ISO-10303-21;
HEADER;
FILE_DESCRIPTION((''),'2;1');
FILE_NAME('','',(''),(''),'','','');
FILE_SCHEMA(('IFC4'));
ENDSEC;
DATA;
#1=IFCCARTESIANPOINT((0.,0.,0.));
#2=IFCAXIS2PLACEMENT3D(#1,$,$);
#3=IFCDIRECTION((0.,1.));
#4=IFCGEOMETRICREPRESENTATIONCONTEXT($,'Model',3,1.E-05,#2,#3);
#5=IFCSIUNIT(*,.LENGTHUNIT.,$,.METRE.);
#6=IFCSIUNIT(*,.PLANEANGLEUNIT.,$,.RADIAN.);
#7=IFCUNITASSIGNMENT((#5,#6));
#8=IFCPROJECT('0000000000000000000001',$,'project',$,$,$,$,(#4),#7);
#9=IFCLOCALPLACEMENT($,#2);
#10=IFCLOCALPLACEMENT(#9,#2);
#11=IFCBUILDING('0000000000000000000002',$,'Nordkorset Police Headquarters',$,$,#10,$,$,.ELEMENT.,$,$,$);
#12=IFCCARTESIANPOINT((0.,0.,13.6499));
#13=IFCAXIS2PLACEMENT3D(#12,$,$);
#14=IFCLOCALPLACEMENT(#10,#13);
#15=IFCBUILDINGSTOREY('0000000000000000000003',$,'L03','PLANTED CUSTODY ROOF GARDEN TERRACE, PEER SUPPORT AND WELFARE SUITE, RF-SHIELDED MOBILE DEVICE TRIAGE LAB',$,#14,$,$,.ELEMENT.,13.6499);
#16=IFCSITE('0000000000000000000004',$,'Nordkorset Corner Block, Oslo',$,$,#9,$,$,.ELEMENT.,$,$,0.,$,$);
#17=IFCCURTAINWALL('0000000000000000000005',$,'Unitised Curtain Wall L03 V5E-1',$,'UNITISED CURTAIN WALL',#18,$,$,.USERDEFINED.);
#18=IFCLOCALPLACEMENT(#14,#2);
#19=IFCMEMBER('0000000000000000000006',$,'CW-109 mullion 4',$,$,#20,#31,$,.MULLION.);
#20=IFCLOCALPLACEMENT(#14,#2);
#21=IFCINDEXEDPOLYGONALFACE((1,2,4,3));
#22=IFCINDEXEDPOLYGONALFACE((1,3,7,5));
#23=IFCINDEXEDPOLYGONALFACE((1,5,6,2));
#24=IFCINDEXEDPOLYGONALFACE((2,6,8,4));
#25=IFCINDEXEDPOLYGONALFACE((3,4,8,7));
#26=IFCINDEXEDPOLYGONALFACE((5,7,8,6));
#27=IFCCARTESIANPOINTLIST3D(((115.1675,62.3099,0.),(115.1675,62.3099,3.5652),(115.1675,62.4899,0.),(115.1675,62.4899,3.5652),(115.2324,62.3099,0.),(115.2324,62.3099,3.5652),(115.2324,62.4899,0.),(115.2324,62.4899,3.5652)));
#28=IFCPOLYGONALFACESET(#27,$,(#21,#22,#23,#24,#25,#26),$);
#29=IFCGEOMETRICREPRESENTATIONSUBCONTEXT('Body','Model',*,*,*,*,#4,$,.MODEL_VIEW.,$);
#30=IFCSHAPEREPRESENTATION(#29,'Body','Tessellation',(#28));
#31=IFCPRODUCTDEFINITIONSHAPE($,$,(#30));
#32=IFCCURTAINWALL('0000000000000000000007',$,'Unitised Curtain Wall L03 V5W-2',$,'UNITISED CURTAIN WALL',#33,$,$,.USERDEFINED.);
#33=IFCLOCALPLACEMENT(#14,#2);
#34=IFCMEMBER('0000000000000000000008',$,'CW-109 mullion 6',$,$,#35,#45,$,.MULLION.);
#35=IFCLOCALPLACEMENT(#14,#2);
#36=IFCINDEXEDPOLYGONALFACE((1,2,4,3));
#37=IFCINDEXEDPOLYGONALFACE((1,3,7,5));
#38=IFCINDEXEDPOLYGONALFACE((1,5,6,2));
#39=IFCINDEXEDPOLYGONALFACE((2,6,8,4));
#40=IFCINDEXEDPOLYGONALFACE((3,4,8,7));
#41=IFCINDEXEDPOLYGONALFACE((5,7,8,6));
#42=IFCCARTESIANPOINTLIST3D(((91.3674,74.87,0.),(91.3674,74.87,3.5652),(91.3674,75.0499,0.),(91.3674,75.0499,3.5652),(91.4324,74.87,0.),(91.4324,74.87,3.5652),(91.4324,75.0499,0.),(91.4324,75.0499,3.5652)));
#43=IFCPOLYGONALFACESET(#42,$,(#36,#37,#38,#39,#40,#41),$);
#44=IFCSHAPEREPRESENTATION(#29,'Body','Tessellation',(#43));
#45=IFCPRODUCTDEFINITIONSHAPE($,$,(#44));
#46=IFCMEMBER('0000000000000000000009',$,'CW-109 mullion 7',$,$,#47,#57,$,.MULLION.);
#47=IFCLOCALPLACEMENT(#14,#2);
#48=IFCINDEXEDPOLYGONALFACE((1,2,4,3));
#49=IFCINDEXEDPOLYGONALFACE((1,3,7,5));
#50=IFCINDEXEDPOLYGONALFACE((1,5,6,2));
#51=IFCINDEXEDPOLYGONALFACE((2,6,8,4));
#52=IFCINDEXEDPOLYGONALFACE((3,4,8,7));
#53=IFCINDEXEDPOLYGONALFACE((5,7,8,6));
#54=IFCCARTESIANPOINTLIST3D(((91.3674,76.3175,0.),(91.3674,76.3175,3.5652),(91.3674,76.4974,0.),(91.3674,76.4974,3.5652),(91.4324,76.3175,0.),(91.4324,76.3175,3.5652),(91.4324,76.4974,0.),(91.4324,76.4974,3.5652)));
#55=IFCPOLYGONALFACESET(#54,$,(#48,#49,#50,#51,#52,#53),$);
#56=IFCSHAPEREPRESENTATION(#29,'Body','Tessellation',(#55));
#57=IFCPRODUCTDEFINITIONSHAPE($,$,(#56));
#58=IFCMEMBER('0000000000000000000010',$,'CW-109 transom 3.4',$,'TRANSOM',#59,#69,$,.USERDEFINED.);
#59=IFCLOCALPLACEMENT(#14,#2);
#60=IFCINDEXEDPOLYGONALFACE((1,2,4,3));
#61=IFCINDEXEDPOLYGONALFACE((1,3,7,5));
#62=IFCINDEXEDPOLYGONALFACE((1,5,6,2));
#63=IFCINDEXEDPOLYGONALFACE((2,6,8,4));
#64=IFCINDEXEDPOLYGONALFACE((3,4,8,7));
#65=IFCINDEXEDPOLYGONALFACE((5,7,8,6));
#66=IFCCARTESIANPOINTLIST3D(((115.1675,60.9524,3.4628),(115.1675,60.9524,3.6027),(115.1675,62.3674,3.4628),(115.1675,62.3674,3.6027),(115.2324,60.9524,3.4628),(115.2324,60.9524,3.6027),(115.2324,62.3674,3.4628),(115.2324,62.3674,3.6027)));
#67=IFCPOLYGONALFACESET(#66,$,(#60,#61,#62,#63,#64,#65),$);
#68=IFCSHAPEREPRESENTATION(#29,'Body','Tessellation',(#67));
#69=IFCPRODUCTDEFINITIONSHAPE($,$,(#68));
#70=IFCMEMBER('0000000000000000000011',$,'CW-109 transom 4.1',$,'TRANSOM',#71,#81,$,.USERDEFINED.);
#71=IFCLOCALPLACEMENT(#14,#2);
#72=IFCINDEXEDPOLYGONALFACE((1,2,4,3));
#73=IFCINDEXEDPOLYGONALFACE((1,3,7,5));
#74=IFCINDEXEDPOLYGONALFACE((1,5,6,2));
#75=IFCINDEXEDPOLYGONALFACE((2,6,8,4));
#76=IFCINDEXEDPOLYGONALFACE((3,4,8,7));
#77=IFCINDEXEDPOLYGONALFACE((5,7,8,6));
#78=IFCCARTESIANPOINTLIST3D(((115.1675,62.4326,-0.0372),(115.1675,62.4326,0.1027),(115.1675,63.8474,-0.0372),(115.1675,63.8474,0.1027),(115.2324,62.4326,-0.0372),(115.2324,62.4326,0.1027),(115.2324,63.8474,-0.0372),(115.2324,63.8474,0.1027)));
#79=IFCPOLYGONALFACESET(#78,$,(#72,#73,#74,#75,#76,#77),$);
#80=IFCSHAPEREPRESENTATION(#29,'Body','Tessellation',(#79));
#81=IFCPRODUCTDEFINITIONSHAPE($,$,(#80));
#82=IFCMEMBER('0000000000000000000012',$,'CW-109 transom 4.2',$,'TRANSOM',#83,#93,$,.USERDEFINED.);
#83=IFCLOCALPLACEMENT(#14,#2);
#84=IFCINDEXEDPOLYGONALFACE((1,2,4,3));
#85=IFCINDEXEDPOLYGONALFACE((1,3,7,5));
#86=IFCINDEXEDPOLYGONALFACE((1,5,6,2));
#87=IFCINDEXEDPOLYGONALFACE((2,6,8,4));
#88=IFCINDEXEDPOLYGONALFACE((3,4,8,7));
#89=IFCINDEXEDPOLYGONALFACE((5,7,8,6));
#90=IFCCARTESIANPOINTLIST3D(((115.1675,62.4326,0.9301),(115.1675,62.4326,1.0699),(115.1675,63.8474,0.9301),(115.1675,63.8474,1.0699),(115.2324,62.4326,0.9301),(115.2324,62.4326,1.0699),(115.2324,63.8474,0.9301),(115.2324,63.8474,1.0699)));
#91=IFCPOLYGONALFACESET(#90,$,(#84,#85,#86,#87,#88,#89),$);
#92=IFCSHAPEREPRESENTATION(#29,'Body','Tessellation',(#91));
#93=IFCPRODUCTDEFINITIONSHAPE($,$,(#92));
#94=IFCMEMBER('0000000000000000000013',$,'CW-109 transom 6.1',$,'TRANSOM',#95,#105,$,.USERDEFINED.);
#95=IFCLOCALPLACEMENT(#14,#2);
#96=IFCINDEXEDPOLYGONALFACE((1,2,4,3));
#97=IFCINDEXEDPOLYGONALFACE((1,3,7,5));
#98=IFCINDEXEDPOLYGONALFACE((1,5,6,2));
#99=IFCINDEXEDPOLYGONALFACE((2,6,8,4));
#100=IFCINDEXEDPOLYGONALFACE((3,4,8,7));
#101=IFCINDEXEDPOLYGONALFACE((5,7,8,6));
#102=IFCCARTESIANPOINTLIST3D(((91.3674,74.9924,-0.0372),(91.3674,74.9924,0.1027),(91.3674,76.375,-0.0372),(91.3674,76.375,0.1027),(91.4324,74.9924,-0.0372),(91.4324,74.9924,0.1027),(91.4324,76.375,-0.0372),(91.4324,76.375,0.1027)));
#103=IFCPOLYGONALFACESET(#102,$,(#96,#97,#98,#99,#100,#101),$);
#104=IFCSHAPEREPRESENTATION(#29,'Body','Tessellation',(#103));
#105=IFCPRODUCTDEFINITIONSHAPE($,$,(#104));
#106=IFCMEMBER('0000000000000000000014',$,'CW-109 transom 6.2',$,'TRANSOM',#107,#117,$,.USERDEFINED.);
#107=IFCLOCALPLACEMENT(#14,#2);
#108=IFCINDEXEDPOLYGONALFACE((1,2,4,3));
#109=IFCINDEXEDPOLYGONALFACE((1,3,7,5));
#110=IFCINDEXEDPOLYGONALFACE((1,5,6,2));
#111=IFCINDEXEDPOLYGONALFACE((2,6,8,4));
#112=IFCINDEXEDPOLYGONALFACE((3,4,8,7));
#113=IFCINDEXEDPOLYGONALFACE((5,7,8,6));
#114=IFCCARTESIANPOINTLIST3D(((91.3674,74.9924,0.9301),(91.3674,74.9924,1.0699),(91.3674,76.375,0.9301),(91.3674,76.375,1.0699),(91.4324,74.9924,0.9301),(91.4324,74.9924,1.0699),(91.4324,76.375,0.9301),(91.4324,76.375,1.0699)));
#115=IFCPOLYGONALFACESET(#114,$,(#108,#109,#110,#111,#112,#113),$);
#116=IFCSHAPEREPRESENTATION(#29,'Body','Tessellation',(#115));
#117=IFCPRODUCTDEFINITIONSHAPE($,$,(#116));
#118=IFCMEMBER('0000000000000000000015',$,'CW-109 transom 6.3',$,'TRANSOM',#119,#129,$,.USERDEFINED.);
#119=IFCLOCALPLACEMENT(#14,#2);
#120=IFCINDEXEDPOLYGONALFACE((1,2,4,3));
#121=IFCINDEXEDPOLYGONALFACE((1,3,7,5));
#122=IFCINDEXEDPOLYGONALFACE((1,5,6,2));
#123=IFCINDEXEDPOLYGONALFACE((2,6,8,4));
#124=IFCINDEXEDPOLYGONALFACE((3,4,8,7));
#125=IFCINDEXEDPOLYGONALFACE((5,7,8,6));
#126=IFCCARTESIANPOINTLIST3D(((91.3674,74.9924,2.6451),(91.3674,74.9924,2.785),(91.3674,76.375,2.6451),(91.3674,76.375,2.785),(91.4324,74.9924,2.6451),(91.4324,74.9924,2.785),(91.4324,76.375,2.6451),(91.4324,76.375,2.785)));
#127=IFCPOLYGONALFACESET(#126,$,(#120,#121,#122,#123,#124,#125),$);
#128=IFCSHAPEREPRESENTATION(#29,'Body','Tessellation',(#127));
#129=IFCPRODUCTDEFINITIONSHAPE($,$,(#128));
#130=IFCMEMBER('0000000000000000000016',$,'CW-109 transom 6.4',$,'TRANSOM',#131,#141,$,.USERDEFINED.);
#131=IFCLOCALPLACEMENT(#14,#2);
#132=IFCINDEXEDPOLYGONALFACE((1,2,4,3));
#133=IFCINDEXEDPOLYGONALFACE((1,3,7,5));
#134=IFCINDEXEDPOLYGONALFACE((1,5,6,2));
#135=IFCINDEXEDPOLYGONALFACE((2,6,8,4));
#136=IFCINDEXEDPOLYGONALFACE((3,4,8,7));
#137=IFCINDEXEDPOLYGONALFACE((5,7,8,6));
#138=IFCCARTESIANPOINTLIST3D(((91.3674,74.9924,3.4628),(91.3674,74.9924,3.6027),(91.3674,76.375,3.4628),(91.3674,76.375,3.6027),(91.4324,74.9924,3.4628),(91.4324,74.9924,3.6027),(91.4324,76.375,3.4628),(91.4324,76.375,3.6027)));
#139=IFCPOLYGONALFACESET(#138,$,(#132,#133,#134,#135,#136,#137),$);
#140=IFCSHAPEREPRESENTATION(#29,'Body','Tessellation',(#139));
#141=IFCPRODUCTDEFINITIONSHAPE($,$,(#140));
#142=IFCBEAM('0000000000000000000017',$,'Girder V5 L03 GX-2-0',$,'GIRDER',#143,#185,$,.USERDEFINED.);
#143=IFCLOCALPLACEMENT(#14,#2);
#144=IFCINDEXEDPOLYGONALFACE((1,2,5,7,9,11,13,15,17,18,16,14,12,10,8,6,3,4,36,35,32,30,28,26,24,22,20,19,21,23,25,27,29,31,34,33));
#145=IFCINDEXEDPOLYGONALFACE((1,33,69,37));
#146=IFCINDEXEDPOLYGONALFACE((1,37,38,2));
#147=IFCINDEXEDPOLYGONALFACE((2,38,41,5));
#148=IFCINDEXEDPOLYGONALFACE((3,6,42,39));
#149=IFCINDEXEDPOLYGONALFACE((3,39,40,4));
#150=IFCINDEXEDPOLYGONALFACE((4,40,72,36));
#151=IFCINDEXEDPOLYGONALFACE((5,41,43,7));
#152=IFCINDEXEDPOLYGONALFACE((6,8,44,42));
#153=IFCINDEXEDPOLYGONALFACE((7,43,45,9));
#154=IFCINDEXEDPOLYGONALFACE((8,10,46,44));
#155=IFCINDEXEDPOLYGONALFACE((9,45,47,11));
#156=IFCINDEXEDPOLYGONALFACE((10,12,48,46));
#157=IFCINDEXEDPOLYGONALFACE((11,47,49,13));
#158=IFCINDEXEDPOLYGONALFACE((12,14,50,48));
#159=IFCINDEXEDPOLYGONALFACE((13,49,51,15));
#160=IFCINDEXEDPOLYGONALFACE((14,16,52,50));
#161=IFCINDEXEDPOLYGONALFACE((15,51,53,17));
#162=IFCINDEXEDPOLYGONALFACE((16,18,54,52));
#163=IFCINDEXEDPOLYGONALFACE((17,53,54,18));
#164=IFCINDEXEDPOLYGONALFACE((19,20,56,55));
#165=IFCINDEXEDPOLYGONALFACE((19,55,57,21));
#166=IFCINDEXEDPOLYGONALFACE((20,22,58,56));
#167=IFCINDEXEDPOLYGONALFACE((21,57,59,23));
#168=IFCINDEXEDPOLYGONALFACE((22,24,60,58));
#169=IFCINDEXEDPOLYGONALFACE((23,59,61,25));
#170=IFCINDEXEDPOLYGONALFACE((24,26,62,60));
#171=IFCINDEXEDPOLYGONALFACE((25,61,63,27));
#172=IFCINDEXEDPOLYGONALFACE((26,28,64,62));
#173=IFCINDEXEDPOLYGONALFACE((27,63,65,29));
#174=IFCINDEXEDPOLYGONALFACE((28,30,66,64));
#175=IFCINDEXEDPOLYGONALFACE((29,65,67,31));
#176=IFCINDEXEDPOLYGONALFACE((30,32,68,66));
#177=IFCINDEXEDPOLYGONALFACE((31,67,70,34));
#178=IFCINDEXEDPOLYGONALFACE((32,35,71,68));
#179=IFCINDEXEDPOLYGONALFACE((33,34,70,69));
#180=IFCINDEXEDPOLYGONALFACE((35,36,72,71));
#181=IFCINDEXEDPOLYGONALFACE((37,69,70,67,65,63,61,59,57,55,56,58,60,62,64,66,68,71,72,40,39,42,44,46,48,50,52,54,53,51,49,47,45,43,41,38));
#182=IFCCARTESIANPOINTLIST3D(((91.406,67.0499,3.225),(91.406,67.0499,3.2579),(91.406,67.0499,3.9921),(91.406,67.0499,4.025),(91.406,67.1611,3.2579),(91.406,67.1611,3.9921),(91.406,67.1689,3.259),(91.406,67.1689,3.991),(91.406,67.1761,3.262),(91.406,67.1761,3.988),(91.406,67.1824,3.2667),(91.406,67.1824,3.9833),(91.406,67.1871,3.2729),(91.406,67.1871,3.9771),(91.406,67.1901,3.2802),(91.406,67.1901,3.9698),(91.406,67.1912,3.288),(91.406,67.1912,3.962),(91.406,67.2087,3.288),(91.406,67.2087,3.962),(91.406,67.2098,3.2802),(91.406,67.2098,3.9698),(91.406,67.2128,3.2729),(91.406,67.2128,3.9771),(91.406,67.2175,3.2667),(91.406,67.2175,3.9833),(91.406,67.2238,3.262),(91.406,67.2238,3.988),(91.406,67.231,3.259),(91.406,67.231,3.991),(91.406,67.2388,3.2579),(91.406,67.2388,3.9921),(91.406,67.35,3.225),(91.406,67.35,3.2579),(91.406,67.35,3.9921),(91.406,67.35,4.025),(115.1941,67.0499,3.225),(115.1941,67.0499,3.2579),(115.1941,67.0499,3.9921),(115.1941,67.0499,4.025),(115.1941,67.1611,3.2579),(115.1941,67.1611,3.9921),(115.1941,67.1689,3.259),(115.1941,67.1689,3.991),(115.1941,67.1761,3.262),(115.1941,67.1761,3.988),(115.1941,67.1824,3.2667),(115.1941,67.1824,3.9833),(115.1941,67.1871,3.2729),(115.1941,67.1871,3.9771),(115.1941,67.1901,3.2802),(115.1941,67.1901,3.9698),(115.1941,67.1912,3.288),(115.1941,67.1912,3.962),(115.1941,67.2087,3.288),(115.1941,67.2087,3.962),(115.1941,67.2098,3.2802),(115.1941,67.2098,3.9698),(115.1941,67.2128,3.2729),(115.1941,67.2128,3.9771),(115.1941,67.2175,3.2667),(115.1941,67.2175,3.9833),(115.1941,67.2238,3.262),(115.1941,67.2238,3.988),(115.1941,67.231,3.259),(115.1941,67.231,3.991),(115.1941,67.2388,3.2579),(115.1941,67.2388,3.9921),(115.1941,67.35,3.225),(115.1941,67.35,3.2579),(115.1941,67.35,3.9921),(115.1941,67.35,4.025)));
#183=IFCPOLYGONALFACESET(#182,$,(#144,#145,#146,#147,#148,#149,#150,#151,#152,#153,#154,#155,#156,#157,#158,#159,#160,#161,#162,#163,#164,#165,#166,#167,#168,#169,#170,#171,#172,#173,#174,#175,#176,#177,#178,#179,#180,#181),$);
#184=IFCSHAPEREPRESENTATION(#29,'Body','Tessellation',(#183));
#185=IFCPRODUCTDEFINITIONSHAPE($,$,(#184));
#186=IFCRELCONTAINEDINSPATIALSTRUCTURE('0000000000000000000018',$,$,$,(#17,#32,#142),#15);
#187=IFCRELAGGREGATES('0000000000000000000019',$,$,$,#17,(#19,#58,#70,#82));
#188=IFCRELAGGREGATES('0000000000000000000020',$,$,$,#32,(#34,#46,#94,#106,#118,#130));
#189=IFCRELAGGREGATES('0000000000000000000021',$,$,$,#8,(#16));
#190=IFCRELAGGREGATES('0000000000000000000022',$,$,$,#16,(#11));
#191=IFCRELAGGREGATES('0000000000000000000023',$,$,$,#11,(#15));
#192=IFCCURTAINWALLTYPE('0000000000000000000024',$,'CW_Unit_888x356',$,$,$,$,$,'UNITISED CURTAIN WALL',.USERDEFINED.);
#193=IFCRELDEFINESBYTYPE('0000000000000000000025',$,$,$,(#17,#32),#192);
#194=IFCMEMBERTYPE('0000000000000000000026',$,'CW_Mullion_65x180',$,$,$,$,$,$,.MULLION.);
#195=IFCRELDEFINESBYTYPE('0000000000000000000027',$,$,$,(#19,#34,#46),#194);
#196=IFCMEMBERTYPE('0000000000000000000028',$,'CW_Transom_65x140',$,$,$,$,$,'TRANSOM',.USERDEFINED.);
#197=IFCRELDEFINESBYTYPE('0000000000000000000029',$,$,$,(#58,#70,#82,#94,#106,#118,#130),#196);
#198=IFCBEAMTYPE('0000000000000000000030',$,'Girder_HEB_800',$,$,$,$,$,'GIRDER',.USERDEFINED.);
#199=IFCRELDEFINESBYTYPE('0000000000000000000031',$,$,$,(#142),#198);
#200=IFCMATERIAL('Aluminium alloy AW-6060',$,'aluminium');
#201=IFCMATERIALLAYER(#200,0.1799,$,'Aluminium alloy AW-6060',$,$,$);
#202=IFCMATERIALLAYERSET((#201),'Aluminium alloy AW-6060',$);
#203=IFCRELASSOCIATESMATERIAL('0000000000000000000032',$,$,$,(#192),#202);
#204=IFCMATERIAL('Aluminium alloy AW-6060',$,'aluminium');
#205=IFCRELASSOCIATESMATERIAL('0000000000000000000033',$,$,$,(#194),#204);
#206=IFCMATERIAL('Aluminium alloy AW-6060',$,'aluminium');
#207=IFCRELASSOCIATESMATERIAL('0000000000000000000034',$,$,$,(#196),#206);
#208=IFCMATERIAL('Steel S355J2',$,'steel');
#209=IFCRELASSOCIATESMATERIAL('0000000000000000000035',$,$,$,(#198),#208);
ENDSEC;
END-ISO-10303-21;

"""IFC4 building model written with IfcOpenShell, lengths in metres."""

from ifc_helpers import new_model, si_unit, direction, frame, origin, origin_2d, place, context, subcontext, project, spatial, rectangle, i_section, extrude, material, layer, layer_set, material_profile, profile_set, type_object, element, aggregate, save


model = new_model("IFC4")

# Units and contexts
model_context = context("Model", 3, precision=1e-05, world=origin(), true_north=direction((0.0, 1.0)))
body_context = subcontext(model_context, "Body", "Model", "MODEL_VIEW")
ifc_project = project(units=[si_unit("LENGTHUNIT", "METRE"), si_unit("PLANEANGLEUNIT", "RADIAN")], contexts=[model_context])

# Site, building, storey
site_placement = place(None, origin())
site = spatial("IfcSite", under=ifc_project, at=site_placement, Name="Nordkorset Corner Block, Oslo", CompositionType="ELEMENT", RefElevation=0.0)
building_placement = place(site_placement, origin())
building = spatial("IfcBuilding", under=site, at=building_placement, Name="Nordkorset Police Headquarters", CompositionType="ELEMENT")
storey_placement = place(building_placement, frame((0.0, 0.0, 13.6499)))
storey = spatial("IfcBuildingStorey", under=building, at=storey_placement, Name="L03", Description="PLANTED CUSTODY ROOF GARDEN TERRACE, PEER SUPPORT AND WELFARE SUITE, RF-SHIELDED MOBILE DEVICE TRIAGE LAB", CompositionType="ELEMENT", Elevation=13.6499)

# Curtain wall, member
ifc_material_1 = material(Name="Aluminium alloy AW-6060", Category="aluminium")
ifc_layer_1 = layer(ifc_material_1, 0.1799, Name="Aluminium alloy AW-6060")
ifc_layer_set_1 = layer_set([ifc_layer_1], Name="Aluminium alloy AW-6060")
curtain_wall_type = type_object("IfcCurtainWallType", Name="CW_Unit_888x356", ElementType="UNITISED CURTAIN WALL", PredefinedType="USERDEFINED", material=ifc_layer_set_1)
curtain_wall_1_placement = place(storey_placement, origin())
curtain_wall_1 = element("IfcCurtainWall", 1, at=curtain_wall_1_placement, inside=storey, type_object=curtain_wall_type, Name="Unitised Curtain Wall L03 V5E-1", ObjectType="UNITISED CURTAIN WALL", PredefinedType="USERDEFINED")
ifc_material_2 = material(Name="Aluminium alloy AW-6060", Category="aluminium")
ifc_material_profile_1 = material_profile(ifc_material_2, rectangle(XDim=0.0649, YDim=0.1799, at=origin_2d()), Name="ALU MULL 65x180")
ifc_profile_set_1 = profile_set([ifc_material_profile_1], Name="Aluminium alloy AW-6060")
member_type_1 = type_object("IfcMemberType", Name="CW_Mullion_65x180", PredefinedType="MULLION", material=ifc_profile_set_1)
member_1_placement = place(storey_placement, frame((115.2, 62.3999, 0.0), z_axis=(0.0, 0.0, 1.0), x_axis=(-1.0, 0.0, 0.0)))
member_1 = element("IfcMember", 2, at=member_1_placement, type_object=member_type_1, Name="CW-109 mullion 4", PredefinedType="MULLION", context=body_context, shape_type="SweptSolid", body=[
    extrude(rectangle(XDim=0.0649, YDim=0.1799, at=origin_2d()), origin(), (0.0, 0.0, 1.0), 3.5652),
])

# Curtain wall, members
curtain_wall_2_placement = place(storey_placement, origin())
curtain_wall_2 = element("IfcCurtainWall", 3, at=curtain_wall_2_placement, inside=storey, type_object=curtain_wall_type, Name="Unitised Curtain Wall L03 V5W-2", ObjectType="UNITISED CURTAIN WALL", PredefinedType="USERDEFINED")
member_2_placement = place(storey_placement, frame((91.3999, 74.96, 0.0), z_axis=(0.0, 0.0, 1.0), x_axis=(-1.0, 0.0, 0.0)))
member_2 = element("IfcMember", 4, at=member_2_placement, type_object=member_type_1, Name="CW-109 mullion 6", PredefinedType="MULLION", context=body_context, shape_type="SweptSolid", body=[
    extrude(rectangle(XDim=0.0649, YDim=0.1799, at=origin_2d()), origin(), (0.0, 0.0, 1.0), 3.5652),
])
member_3_placement = place(storey_placement, frame((91.3999, 76.4075, 0.0), z_axis=(0.0, 0.0, 1.0), x_axis=(-1.0, 0.0, 0.0)))
member_3 = element("IfcMember", 5, at=member_3_placement, type_object=member_type_1, Name="CW-109 mullion 7", PredefinedType="MULLION", context=body_context, shape_type="SweptSolid", body=[
    extrude(rectangle(XDim=0.0649, YDim=0.1799, at=origin_2d()), origin(), (0.0, 0.0, 1.0), 3.5652),
])

# Members
ifc_material_3 = material(Name="Aluminium alloy AW-6060", Category="aluminium")
ifc_material_profile_2 = material_profile(ifc_material_3, rectangle(XDim=0.0649, YDim=0.1399, at=origin_2d()), Name="ALU TRAN 65x140")
ifc_profile_set_2 = profile_set([ifc_material_profile_2], Name="Aluminium alloy AW-6060")
member_type_2 = type_object("IfcMemberType", Name="CW_Transom_65x140", ElementType="TRANSOM", PredefinedType="USERDEFINED", material=ifc_profile_set_2)
member_4_placement = place(storey_placement, frame((115.2, 60.9524, 3.5327), z_axis=(0.0, 1.0, 0.0), x_axis=(-1.0, 0.0, 0.0)))
member_4 = element("IfcMember", 6, at=member_4_placement, type_object=member_type_2, Name="CW-109 transom 3.4", ObjectType="TRANSOM", PredefinedType="USERDEFINED", context=body_context, shape_type="SweptSolid", body=[
    extrude(rectangle(XDim=0.0649, YDim=0.1399, at=origin_2d()), origin(), (0.0, 0.0, 1.0), 1.415),
])
member_5_placement = place(storey_placement, frame((115.2, 62.4326, 0.0327), z_axis=(0.0, 1.0, 0.0), x_axis=(-1.0, 0.0, 0.0)))
member_5 = element("IfcMember", 7, at=member_5_placement, type_object=member_type_2, Name="CW-109 transom 4.1", ObjectType="TRANSOM", PredefinedType="USERDEFINED", context=body_context, shape_type="SweptSolid", body=[
    extrude(rectangle(XDim=0.0649, YDim=0.1399, at=origin_2d()), origin(), (0.0, 0.0, 1.0), 1.4148),
])
member_6_placement = place(storey_placement, frame((115.2, 62.4326, 1.0), z_axis=(0.0, 1.0, 0.0), x_axis=(-1.0, 0.0, 0.0)))
member_6 = element("IfcMember", 8, at=member_6_placement, type_object=member_type_2, Name="CW-109 transom 4.2", ObjectType="TRANSOM", PredefinedType="USERDEFINED", context=body_context, shape_type="SweptSolid", body=[
    extrude(rectangle(XDim=0.0649, YDim=0.1399, at=origin_2d()), origin(), (0.0, 0.0, 1.0), 1.4148),
])
member_7_placement = place(storey_placement, frame((91.3999, 74.9924, 0.0327), z_axis=(0.0, 1.0, 0.0), x_axis=(-1.0, 0.0, 0.0)))
member_7 = element("IfcMember", 9, at=member_7_placement, type_object=member_type_2, Name="CW-109 transom 6.1", ObjectType="TRANSOM", PredefinedType="USERDEFINED", context=body_context, shape_type="SweptSolid", body=[
    extrude(rectangle(XDim=0.0649, YDim=0.1399, at=origin_2d()), origin(), (0.0, 0.0, 1.0), 1.3826),
])
member_8_placement = place(storey_placement, frame((91.3999, 74.9924, 1.0), z_axis=(0.0, 1.0, 0.0), x_axis=(-1.0, 0.0, 0.0)))
member_8 = element("IfcMember", 10, at=member_8_placement, type_object=member_type_2, Name="CW-109 transom 6.2", ObjectType="TRANSOM", PredefinedType="USERDEFINED", context=body_context, shape_type="SweptSolid", body=[
    extrude(rectangle(XDim=0.0649, YDim=0.1399, at=origin_2d()), origin(), (0.0, 0.0, 1.0), 1.3826),
])
member_9_placement = place(storey_placement, frame((91.3999, 74.9924, 2.7151), z_axis=(0.0, 1.0, 0.0), x_axis=(-1.0, 0.0, 0.0)))
member_9 = element("IfcMember", 11, at=member_9_placement, type_object=member_type_2, Name="CW-109 transom 6.3", ObjectType="TRANSOM", PredefinedType="USERDEFINED", context=body_context, shape_type="SweptSolid", body=[
    extrude(rectangle(XDim=0.0649, YDim=0.1399, at=origin_2d()), origin(), (0.0, 0.0, 1.0), 1.3826),
])
member_10_placement = place(storey_placement, frame((91.3999, 74.9924, 3.5327), z_axis=(0.0, 1.0, 0.0), x_axis=(-1.0, 0.0, 0.0)))
member_10 = element("IfcMember", 12, at=member_10_placement, type_object=member_type_2, Name="CW-109 transom 6.4", ObjectType="TRANSOM", PredefinedType="USERDEFINED", context=body_context, shape_type="SweptSolid", body=[
    extrude(rectangle(XDim=0.0649, YDim=0.1399, at=origin_2d()), origin(), (0.0, 0.0, 1.0), 1.3826),
])

# Beam
ifc_material_4 = material(Name="Steel S355J2", Category="steel")
ifc_material_profile_3 = material_profile(ifc_material_4, i_section(OverallWidth=0.3, OverallDepth=0.8, WebThickness=0.0176, FlangeThickness=0.033, FilletRadius=0.03, at=origin_2d()), Name="HEB 800")
ifc_profile_set_3 = profile_set([ifc_material_profile_3], Name="Steel S355J2")
beam_type = type_object("IfcBeamType", Name="Girder_HEB_800", ElementType="GIRDER", PredefinedType="USERDEFINED", material=ifc_profile_set_3)
beam_placement = place(storey_placement, frame((91.406, 67.2, 3.625), z_axis=(1.0, 0.0, 0.0), x_axis=(0.0, 1.0, 0.0)))
element("IfcBeam", 13, at=beam_placement, inside=storey, type_object=beam_type, Name="Girder V5 L03 GX-2-0", ObjectType="GIRDER", PredefinedType="USERDEFINED", context=body_context, shape_type="SweptSolid", body=[
    extrude(i_section(OverallWidth=0.3, OverallDepth=0.8, WebThickness=0.0176, FlangeThickness=0.033, FilletRadius=0.03, at=origin_2d()), origin(), (0.0, 0.0, 1.0), 23.7881),
])

aggregate(curtain_wall_1, [member_1, member_4, member_5, member_6])
aggregate(curtain_wall_2, [member_2, member_3, member_7, member_8, member_9, member_10])

save(model, "model.ifc")
